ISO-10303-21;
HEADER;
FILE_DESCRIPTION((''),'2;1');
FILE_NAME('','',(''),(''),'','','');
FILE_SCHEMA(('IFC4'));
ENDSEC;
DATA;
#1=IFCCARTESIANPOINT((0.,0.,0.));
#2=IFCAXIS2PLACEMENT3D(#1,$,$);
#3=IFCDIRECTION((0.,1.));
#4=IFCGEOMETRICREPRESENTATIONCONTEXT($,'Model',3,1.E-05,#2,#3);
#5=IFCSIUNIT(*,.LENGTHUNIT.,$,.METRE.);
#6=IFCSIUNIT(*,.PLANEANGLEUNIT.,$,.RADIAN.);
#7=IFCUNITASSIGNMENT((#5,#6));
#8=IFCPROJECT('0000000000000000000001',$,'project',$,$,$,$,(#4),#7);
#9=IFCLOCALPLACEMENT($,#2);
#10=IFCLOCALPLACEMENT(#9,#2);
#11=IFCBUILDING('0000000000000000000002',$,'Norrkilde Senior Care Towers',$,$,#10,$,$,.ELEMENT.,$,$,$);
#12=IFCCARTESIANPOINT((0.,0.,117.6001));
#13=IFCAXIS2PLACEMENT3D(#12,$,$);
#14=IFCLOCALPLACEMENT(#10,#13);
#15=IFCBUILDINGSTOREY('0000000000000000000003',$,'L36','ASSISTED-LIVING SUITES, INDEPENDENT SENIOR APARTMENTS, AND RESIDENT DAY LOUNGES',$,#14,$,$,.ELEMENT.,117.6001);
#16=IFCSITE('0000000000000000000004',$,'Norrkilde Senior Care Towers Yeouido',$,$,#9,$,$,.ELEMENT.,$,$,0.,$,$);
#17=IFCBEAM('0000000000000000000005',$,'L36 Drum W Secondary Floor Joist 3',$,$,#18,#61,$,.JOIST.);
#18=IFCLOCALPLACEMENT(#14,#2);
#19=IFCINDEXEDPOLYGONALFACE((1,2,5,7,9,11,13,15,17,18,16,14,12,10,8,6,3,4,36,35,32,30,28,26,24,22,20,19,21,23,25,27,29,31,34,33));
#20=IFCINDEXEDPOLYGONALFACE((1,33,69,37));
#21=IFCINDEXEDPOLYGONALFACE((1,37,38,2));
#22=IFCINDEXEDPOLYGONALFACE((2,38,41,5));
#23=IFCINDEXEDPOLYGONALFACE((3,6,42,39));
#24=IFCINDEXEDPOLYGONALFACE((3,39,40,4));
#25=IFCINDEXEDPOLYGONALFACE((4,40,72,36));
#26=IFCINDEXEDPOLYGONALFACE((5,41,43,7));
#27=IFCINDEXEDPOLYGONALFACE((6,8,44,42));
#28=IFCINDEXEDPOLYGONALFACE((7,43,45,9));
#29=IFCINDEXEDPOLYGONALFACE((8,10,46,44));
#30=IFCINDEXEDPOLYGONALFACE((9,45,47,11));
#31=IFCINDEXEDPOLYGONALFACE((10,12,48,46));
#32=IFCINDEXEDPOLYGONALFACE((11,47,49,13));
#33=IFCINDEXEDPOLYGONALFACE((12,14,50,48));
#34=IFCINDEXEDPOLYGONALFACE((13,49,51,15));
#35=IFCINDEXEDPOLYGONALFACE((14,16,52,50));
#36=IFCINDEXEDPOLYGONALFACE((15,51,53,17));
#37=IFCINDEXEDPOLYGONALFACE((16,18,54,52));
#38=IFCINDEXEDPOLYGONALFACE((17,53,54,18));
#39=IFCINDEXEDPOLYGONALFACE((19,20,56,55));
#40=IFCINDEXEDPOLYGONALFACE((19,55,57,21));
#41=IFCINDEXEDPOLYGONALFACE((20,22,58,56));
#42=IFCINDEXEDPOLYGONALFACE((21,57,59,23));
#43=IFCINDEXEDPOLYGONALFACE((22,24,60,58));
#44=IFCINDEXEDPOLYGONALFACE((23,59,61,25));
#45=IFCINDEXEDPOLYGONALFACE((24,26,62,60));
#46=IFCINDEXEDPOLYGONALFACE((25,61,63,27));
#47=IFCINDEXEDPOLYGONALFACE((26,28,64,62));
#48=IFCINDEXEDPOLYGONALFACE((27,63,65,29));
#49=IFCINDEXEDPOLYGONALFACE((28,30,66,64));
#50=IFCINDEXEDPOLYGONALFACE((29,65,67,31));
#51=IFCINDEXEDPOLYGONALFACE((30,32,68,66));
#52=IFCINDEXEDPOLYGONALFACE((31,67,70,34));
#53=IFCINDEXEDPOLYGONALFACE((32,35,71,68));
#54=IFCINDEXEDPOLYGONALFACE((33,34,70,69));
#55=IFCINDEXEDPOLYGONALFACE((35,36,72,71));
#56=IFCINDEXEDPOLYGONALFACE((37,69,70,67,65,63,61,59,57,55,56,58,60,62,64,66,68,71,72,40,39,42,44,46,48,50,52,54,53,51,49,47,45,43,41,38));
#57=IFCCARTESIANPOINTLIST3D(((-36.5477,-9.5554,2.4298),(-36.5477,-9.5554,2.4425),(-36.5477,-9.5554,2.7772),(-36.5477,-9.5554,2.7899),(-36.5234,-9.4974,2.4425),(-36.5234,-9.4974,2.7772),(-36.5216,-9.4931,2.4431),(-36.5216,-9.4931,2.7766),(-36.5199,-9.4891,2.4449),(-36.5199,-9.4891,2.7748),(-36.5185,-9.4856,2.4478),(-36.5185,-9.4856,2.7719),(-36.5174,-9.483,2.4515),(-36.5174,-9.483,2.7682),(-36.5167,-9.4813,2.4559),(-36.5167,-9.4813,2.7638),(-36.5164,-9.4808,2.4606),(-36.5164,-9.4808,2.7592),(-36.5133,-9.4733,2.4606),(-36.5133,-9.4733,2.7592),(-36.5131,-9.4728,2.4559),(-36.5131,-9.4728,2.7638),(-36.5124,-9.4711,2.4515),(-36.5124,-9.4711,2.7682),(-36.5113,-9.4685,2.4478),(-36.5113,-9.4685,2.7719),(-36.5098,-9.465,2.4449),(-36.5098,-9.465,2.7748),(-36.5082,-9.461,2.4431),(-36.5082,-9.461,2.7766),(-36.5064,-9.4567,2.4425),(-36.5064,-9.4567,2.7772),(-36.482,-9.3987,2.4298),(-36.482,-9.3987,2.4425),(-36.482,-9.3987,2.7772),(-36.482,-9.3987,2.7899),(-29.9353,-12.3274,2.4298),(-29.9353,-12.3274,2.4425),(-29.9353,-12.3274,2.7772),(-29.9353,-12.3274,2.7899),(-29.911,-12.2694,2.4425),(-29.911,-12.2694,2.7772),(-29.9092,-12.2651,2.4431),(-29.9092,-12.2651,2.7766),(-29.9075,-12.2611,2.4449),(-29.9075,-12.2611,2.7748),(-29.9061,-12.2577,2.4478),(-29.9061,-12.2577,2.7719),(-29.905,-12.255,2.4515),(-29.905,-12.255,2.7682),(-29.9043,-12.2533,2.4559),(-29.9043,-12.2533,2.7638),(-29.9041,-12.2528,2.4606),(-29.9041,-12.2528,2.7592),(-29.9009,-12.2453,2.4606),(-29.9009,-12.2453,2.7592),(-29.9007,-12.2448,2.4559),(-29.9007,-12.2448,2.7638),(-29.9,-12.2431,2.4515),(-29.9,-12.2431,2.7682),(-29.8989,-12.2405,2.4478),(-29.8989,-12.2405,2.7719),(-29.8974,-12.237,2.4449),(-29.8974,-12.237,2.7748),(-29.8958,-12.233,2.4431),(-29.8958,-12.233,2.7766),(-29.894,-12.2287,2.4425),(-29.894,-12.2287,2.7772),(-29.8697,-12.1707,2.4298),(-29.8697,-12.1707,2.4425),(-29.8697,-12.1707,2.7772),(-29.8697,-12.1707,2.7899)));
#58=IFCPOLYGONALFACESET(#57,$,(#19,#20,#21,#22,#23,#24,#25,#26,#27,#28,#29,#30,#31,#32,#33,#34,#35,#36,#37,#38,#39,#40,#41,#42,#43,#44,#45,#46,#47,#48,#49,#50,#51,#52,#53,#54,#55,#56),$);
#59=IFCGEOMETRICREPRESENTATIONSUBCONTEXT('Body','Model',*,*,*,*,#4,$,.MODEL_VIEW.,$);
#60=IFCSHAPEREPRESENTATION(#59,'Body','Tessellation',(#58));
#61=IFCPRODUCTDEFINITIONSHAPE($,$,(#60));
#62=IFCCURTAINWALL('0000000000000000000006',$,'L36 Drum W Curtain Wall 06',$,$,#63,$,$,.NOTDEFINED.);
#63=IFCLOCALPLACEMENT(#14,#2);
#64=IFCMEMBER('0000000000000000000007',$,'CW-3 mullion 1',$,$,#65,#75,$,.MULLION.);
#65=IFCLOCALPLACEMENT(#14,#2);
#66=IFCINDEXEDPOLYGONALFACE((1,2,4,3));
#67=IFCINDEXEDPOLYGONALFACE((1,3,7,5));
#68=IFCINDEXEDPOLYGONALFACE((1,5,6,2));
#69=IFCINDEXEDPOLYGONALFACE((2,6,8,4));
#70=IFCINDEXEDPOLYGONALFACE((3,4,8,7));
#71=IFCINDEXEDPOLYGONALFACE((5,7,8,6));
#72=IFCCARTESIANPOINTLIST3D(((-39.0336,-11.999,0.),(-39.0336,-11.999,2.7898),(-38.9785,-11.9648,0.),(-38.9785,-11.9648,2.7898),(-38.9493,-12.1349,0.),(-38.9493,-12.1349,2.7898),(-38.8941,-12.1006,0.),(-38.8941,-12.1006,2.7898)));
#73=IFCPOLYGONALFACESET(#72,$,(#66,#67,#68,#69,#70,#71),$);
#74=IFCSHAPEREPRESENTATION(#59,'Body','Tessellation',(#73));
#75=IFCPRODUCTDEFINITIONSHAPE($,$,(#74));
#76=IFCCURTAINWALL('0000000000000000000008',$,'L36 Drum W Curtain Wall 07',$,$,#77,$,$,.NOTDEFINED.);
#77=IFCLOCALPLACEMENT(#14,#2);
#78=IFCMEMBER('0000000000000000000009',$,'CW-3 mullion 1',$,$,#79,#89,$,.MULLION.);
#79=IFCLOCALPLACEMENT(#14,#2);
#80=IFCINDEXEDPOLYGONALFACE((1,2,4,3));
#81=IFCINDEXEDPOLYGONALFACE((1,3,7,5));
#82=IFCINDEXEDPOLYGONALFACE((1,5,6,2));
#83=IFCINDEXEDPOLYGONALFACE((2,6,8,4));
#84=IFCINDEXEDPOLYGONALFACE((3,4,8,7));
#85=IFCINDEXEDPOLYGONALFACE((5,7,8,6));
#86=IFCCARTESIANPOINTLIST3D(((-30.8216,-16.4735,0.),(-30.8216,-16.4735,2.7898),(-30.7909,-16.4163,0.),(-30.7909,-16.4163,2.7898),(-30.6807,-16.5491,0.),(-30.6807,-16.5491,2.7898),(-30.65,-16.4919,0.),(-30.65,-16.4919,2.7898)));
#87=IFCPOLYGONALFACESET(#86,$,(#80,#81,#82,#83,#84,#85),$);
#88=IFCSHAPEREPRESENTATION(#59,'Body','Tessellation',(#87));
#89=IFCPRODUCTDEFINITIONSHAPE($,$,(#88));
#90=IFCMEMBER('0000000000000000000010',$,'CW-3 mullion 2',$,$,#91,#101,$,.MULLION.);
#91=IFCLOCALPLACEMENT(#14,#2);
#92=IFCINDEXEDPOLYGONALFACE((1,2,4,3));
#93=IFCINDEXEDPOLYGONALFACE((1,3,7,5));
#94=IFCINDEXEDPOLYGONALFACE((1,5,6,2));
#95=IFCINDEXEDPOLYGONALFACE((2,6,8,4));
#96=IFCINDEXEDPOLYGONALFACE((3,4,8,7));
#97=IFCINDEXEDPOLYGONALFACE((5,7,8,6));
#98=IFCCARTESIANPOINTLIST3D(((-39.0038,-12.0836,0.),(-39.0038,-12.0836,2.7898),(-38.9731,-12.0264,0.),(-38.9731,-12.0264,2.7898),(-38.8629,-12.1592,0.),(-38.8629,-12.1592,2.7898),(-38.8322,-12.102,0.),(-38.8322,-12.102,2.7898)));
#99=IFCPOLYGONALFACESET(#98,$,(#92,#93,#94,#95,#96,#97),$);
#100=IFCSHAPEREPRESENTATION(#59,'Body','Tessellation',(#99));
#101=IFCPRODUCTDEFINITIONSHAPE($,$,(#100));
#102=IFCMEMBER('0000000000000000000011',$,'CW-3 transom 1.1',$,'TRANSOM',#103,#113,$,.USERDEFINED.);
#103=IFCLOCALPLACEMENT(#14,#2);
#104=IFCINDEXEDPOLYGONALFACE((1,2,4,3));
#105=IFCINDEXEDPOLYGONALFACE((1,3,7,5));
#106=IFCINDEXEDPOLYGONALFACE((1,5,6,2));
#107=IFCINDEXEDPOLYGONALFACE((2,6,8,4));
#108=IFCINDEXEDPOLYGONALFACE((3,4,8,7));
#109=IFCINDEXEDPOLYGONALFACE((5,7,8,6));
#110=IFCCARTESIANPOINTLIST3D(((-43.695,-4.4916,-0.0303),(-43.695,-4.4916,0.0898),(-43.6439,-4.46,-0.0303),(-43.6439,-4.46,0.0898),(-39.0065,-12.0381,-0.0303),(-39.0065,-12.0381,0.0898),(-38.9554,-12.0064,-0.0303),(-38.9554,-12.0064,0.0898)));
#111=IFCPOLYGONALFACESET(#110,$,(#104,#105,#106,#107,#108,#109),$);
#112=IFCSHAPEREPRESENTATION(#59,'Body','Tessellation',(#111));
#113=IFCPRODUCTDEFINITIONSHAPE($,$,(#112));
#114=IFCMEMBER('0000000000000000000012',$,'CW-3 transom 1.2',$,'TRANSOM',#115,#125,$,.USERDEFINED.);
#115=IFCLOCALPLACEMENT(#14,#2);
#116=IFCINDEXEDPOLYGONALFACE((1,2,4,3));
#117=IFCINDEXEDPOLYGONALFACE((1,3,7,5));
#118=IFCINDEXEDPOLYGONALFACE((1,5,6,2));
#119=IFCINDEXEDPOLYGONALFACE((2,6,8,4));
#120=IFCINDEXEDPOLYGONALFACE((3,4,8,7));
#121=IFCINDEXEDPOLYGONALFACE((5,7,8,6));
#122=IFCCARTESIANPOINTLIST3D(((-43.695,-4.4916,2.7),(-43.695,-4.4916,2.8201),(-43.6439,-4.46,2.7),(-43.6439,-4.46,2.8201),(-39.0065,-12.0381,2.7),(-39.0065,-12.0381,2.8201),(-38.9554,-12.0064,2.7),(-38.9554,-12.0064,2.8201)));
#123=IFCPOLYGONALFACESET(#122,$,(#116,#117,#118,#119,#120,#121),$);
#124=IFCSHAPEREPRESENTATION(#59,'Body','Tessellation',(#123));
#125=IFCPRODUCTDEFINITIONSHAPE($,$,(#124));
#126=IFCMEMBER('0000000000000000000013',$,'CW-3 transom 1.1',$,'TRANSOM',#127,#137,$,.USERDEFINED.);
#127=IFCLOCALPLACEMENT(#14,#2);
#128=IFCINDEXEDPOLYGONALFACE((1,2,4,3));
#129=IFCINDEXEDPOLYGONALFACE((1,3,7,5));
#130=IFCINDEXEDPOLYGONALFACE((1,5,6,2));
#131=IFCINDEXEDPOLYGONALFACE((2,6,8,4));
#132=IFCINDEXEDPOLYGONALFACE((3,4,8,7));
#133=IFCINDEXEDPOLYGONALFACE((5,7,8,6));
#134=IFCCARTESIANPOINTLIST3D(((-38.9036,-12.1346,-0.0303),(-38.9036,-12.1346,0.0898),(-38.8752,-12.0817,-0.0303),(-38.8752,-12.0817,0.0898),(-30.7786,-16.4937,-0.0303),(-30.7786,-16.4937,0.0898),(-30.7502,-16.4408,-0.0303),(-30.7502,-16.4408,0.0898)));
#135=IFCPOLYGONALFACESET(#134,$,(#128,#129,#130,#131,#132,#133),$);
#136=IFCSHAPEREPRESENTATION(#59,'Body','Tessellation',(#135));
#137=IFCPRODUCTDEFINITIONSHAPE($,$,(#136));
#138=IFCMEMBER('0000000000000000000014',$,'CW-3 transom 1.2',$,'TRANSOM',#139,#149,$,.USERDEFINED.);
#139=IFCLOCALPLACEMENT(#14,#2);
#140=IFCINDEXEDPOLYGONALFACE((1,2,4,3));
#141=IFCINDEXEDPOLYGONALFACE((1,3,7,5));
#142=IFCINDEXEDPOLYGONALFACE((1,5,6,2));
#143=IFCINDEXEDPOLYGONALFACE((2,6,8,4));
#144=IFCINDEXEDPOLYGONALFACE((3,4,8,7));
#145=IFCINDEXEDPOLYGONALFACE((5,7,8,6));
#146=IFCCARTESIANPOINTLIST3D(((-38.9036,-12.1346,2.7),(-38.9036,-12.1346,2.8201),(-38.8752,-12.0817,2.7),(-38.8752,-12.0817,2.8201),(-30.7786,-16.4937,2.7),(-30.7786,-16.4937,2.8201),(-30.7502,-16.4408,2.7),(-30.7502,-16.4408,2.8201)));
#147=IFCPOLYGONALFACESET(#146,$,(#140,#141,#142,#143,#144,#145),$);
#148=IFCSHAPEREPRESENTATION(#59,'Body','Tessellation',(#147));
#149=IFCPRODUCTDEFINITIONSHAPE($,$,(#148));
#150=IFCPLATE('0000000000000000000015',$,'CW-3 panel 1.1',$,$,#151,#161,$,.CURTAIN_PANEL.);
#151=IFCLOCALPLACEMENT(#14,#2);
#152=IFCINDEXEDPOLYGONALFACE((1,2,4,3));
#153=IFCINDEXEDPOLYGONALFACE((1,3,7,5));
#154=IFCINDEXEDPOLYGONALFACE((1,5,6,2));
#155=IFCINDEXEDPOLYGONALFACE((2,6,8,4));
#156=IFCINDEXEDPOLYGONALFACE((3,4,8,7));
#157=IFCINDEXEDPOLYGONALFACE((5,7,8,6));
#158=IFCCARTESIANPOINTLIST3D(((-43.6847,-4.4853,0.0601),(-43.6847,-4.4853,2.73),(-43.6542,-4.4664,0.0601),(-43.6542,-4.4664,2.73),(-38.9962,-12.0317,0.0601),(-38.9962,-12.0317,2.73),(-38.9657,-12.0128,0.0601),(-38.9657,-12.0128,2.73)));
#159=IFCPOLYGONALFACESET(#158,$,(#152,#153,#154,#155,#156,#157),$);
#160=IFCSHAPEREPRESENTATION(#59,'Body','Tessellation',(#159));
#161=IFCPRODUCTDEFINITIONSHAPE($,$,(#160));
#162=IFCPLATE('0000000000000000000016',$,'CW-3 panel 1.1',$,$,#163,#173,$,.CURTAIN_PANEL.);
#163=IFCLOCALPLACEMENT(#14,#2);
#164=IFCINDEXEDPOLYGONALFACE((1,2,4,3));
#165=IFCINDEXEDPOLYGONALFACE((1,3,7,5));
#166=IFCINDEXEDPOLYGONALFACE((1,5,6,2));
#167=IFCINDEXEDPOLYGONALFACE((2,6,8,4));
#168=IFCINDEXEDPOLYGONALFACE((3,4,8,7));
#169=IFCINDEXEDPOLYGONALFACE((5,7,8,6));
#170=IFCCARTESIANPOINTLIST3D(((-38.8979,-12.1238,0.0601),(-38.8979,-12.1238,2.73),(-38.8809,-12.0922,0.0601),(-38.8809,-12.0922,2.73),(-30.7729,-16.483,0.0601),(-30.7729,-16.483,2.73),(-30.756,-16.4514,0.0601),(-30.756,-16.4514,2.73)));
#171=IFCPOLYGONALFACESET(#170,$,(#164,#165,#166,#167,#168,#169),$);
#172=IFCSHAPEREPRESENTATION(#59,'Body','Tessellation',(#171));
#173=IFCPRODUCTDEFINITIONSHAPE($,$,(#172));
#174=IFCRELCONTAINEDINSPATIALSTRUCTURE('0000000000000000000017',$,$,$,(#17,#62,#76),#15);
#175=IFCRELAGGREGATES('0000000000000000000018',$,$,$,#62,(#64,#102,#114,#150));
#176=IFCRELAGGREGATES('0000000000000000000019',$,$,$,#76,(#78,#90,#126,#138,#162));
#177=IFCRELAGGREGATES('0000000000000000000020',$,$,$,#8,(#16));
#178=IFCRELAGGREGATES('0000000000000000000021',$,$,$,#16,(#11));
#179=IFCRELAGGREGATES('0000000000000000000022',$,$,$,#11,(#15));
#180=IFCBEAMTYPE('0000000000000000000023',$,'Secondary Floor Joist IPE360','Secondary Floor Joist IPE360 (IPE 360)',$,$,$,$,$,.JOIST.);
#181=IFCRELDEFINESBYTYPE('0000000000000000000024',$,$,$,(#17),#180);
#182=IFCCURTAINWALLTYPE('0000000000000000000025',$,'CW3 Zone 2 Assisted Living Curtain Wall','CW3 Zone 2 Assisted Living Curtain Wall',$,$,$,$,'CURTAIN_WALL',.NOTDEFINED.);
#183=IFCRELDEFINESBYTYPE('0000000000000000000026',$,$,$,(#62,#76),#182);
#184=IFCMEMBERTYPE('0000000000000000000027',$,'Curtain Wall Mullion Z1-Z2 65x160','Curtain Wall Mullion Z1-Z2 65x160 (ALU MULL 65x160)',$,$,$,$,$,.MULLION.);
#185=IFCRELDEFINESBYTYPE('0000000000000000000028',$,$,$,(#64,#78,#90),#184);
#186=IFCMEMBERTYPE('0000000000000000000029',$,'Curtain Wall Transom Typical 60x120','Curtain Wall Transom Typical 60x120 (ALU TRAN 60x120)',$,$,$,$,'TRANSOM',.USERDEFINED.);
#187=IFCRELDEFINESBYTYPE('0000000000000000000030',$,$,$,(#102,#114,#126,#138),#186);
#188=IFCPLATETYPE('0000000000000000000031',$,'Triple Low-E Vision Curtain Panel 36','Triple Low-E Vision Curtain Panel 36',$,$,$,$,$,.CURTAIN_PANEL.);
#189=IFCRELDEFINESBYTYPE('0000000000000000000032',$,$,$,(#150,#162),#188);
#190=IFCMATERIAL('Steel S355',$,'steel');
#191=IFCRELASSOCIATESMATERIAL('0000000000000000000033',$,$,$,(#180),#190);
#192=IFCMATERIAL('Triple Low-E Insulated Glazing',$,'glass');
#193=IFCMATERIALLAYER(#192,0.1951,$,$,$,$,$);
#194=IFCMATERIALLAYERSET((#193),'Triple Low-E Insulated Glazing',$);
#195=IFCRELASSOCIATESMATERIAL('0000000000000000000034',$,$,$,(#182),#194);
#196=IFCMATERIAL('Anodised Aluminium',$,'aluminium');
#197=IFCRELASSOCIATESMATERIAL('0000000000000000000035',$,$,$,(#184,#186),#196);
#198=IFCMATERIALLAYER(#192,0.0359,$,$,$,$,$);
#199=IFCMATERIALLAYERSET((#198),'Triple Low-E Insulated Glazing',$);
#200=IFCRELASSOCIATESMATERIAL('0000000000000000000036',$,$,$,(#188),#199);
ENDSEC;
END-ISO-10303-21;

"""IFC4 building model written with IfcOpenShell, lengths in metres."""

from ifc_helpers import new_model, si_unit, direction, frame, origin, origin_2d, place, context, subcontext, project, spatial, rectangle, i_section, extrude, source, transform, mapped, material, layer, layer_set, material_profile, profile_set, type_object, type_shapes, element, aggregate, save


model = new_model("IFC4")

# Units and contexts
model_context = context("Model", 3, precision=1e-05, world=origin(), true_north=direction((0.0, 1.0)))
body_context = subcontext(model_context, "Body", "Model", "MODEL_VIEW")
ifc_project = project(units=[si_unit("LENGTHUNIT", "METRE"), si_unit("PLANEANGLEUNIT", "RADIAN")], contexts=[model_context])

# Site, building, storey
site_placement = place(None, origin())
site = spatial("IfcSite", under=ifc_project, at=site_placement, Name="Norrkilde Senior Care Towers Yeouido", CompositionType="ELEMENT", RefElevation=0.0)
building_placement = place(site_placement, origin())
building = spatial("IfcBuilding", under=site, at=building_placement, Name="Norrkilde Senior Care Towers", CompositionType="ELEMENT")
storey_placement = place(building_placement, frame((0.0, 0.0, 117.6001)))
storey = spatial("IfcBuildingStorey", under=building, at=storey_placement, Name="L36", Description="ASSISTED-LIVING SUITES, INDEPENDENT SENIOR APARTMENTS, AND RESIDENT DAY LOUNGES", CompositionType="ELEMENT", Elevation=117.6001)

# Beam
ifc_material_1 = material(Name="Steel S355", Category="steel")
ifc_material_profile_1 = material_profile(ifc_material_1, i_section(OverallWidth=0.1699, OverallDepth=0.3601, WebThickness=0.0081, FlangeThickness=0.0127, FilletRadius=0.0181, at=origin_2d()), Name="IPE 360")
ifc_profile_set_1 = profile_set([ifc_material_profile_1], Name="Steel S355")
beam_type_1 = type_object("IfcBeamType", Name="Secondary Floor Joist IPE360", Description="Secondary Floor Joist IPE360 (IPE 360)", PredefinedType="JOIST", material=ifc_profile_set_1)
shared_shape_1 = source(origin(), body_context, "Body", "SweptSolid", [
    extrude(i_section(OverallWidth=0.1699, OverallDepth=0.3601, WebThickness=0.0081, FlangeThickness=0.0127, FilletRadius=0.0181, at=origin_2d()), origin(), (0.0, 0.0, 1.0), 7.1699),
])
type_shapes(beam_type_1, [shared_shape_1])
beam_1_placement = place(storey_placement, frame((-36.5149, -9.4771, 2.6099), z_axis=(0.922241, -0.386616, 0.0), x_axis=(0.386616, 0.922241, 0.0)))
element("IfcBeam", 1, at=beam_1_placement, inside=storey, type_object=beam_type_1, Name="L36 Drum W Secondary Floor Joist 3", PredefinedType="JOIST", context=body_context, shape_type="MappedRepresentation", body=[
    mapped(shared_shape_1, transform((0.0, 0.0, 0.0), x_axis=(1.0, 0.0, 0.0), y_axis=(0.0, 1.0, 0.0), z_axis=(0.0, 0.0, 1.0), scale=1.0)),
])

# Curtain wall, member
ifc_material_2 = material(Name="Triple Low-E Insulated Glazing", Category="glass")
ifc_layer_1 = layer(ifc_material_2, 0.1951)
ifc_layer_set_1 = layer_set([ifc_layer_1], Name="Triple Low-E Insulated Glazing")
curtain_wall_type = type_object("IfcCurtainWallType", Name="CW3 Zone 2 Assisted Living Curtain Wall", Description="CW3 Zone 2 Assisted Living Curtain Wall", ElementType="CURTAIN_WALL", PredefinedType="NOTDEFINED", material=ifc_layer_set_1)
curtain_wall_1_placement = place(storey_placement, origin())
curtain_wall_1 = element("IfcCurtainWall", 2, at=curtain_wall_1_placement, inside=storey, type_object=curtain_wall_type, Name="L36 Drum W Curtain Wall 06", PredefinedType="NOTDEFINED")
ifc_material_3 = material(Name="Anodised Aluminium", Category="aluminium")
ifc_material_profile_2 = material_profile(ifc_material_3, rectangle(XDim=0.0649, YDim=0.1599, at=origin_2d()), Name="ALU MULL 65x160")
ifc_profile_set_2 = profile_set([ifc_material_profile_2], Name="Anodised Aluminium")
member_type_1 = type_object("IfcMemberType", Name="Curtain Wall Mullion Z1-Z2 65x160", Description="Curtain Wall Mullion Z1-Z2 65x160 (ALU MULL 65x160)", PredefinedType="MULLION", material=ifc_profile_set_2)
shared_shape_2 = source(origin(), body_context, "Body", "SweptSolid", [
    extrude(rectangle(XDim=0.0649, YDim=0.1599, at=origin_2d()), origin(), (0.0, 0.0, 1.0), 2.7898),
])
type_shapes(member_type_1, [shared_shape_2])
member_1_placement = place(storey_placement, frame((-38.9639, -12.0498, 0.0), z_axis=(0.0, 0.0, 1.0), x_axis=(-0.84941, -0.527733, 0.0)))
member_1 = element("IfcMember", 3, at=member_1_placement, type_object=member_type_1, Name="CW-3 mullion 1", PredefinedType="MULLION", context=body_context, shape_type="MappedRepresentation", body=[
    mapped(shared_shape_2, transform((0.0, 0.0, 0.0), x_axis=(1.0, 0.0, 0.0), y_axis=(0.0, 1.0, 0.0), z_axis=(0.0, 0.0, 1.0), scale=1.0)),
])

# Curtain wall, members
curtain_wall_2_placement = place(storey_placement, origin())
curtain_wall_2 = element("IfcCurtainWall", 4, at=curtain_wall_2_placement, inside=storey, type_object=curtain_wall_type, Name="L36 Drum W Curtain Wall 07", PredefinedType="NOTDEFINED")
member_2_placement = place(storey_placement, frame((-30.7358, -16.4827, 0.0), z_axis=(0.0, 0.0, 1.0), x_axis=(-0.472769, -0.881186, 0.0)))
member_2 = element("IfcMember", 5, at=member_2_placement, type_object=member_type_1, Name="CW-3 mullion 1", PredefinedType="MULLION", context=body_context, shape_type="MappedRepresentation", body=[
    mapped(shared_shape_2, transform((0.0, 0.0, 0.0), x_axis=(1.0, 0.0, 0.0), y_axis=(0.0, 1.0, 0.0), z_axis=(0.0, 0.0, 1.0), scale=1.0)),
])
member_3_placement = place(storey_placement, frame((-38.918, -12.0928, 0.0), z_axis=(0.0, 0.0, 1.0), x_axis=(-0.472769, -0.881186, 0.0)))
member_3 = element("IfcMember", 6, at=member_3_placement, type_object=member_type_1, Name="CW-3 mullion 2", PredefinedType="MULLION", context=body_context, shape_type="MappedRepresentation", body=[
    mapped(shared_shape_2, transform((0.0, 0.0, 0.0), x_axis=(1.0, 0.0, 0.0), y_axis=(0.0, 1.0, 0.0), z_axis=(0.0, 0.0, 1.0), scale=1.0)),
])

# Members
ifc_material_profile_3 = material_profile(ifc_material_3, rectangle(XDim=0.0601, YDim=0.1201, at=origin_2d()), Name="ALU TRAN 60x120")
ifc_profile_set_3 = profile_set([ifc_material_profile_3], Name="Anodised Aluminium")
member_type_2 = type_object("IfcMemberType", Name="Curtain Wall Transom Typical 60x120", Description="Curtain Wall Transom Typical 60x120 (ALU TRAN 60x120)", ElementType="TRANSOM", PredefinedType="USERDEFINED", material=ifc_profile_set_3)
shared_shape_3 = source(origin(), body_context, "Body", "SweptSolid", [
    extrude(rectangle(XDim=0.0601, YDim=0.1201, at=origin_2d()), origin(), (0.0, 0.0, 1.0), 8.8843),
])
member_4_placement = place(storey_placement, frame((-38.981, -12.0222, 0.0298), z_axis=(-0.527729, 0.849413, 0.0), x_axis=(-0.849413, -0.527729, 0.0)))
member_4 = element("IfcMember", 7, at=member_4_placement, type_object=member_type_2, Name="CW-3 transom 1.1", ObjectType="TRANSOM", PredefinedType="USERDEFINED", context=body_context, shape_type="MappedRepresentation", body=[
    mapped(shared_shape_3, transform((0.0, 0.0, 0.0), x_axis=(1.0, 0.0, 0.0), y_axis=(0.0, 1.0, 0.0), z_axis=(0.0, 0.0, 1.0), scale=1.0)),
])
member_5_placement = place(storey_placement, frame((-38.981, -12.0222, 2.76), z_axis=(-0.527729, 0.849413, 0.0), x_axis=(-0.849413, -0.527729, 0.0)))
member_5 = element("IfcMember", 8, at=member_5_placement, type_object=member_type_2, Name="CW-3 transom 1.2", ObjectType="TRANSOM", PredefinedType="USERDEFINED", context=body_context, shape_type="MappedRepresentation", body=[
    mapped(shared_shape_3, transform((0.0, 0.0, 0.0), x_axis=(1.0, 0.0, 0.0), y_axis=(0.0, 1.0, 0.0), z_axis=(0.0, 0.0, 1.0), scale=1.0)),
])
shared_shape_4 = source(origin(), body_context, "Body", "SweptSolid", [
    extrude(rectangle(XDim=0.0601, YDim=0.1201, at=origin_2d()), origin(), (0.0, 0.0, 1.0), 9.2205),
])
type_shapes(member_type_2, [shared_shape_3, shared_shape_4])
member_6_placement = place(storey_placement, frame((-30.7644, -16.4673, 0.0298), z_axis=(-0.881189, 0.472765, 0.0), x_axis=(-0.472765, -0.881189, 0.0)))
member_6 = element("IfcMember", 9, at=member_6_placement, type_object=member_type_2, Name="CW-3 transom 1.1", ObjectType="TRANSOM", PredefinedType="USERDEFINED", context=body_context, shape_type="MappedRepresentation", body=[
    mapped(shared_shape_4, transform((0.0, 0.0, 0.0), x_axis=(1.0, 0.0, 0.0), y_axis=(0.0, 1.0, 0.0), z_axis=(0.0, 0.0, 1.0), scale=1.0)),
])
member_7_placement = place(storey_placement, frame((-30.7644, -16.4673, 2.76), z_axis=(-0.881189, 0.472765, 0.0), x_axis=(-0.472765, -0.881189, 0.0)))
member_7 = element("IfcMember", 10, at=member_7_placement, type_object=member_type_2, Name="CW-3 transom 1.2", ObjectType="TRANSOM", PredefinedType="USERDEFINED", context=body_context, shape_type="MappedRepresentation", body=[
    mapped(shared_shape_4, transform((0.0, 0.0, 0.0), x_axis=(1.0, 0.0, 0.0), y_axis=(0.0, 1.0, 0.0), z_axis=(0.0, 0.0, 1.0), scale=1.0)),
])

# Plates
ifc_layer_2 = layer(ifc_material_2, 0.0359)
ifc_layer_set_2 = layer_set([ifc_layer_2], Name="Triple Low-E Insulated Glazing")
plate_type = type_object("IfcPlateType", Name="Triple Low-E Vision Curtain Panel 36", Description="Triple Low-E Vision Curtain Panel 36", PredefinedType="CURTAIN_PANEL", material=ifc_layer_set_2)
shared_shape_5 = source(origin(), body_context, "Body", "SweptSolid", [
    extrude(rectangle(XDim=8.8843, YDim=0.0359, at=origin_2d()), origin(), (0.0, 0.0, 1.0), 2.6699),
])
plate_1_placement = place(storey_placement, frame((-41.3252, -8.249, 0.0601), z_axis=(0.0, 0.0, 1.0), x_axis=(-0.527733, 0.84941, 0.0)))
plate_1 = element("IfcPlate", 11, at=plate_1_placement, type_object=plate_type, Name="CW-3 panel 1.1", PredefinedType="CURTAIN_PANEL", context=body_context, shape_type="MappedRepresentation", body=[
    mapped(shared_shape_5, transform((0.0, 0.0, 0.0), x_axis=(1.0, 0.0, 0.0), y_axis=(0.0, 1.0, 0.0), z_axis=(0.0, 0.0, 1.0), scale=1.0)),
])
aggregate(curtain_wall_1, [member_1, member_4, member_5, plate_1])
shared_shape_6 = source(origin(), body_context, "Body", "SweptSolid", [
    extrude(rectangle(XDim=9.2205, YDim=0.0359, at=origin_2d()), origin(), (0.0, 0.0, 1.0), 2.6699),
])
type_shapes(plate_type, [shared_shape_5, shared_shape_6])
plate_2_placement = place(storey_placement, frame((-34.8269, -14.2876, 0.0601), z_axis=(0.0, 0.0, 1.0), x_axis=(-0.881186, 0.472769, 0.0)))
plate_2 = element("IfcPlate", 12, at=plate_2_placement, type_object=plate_type, Name="CW-3 panel 1.1", PredefinedType="CURTAIN_PANEL", context=body_context, shape_type="MappedRepresentation", body=[
    mapped(shared_shape_6, transform((0.0, 0.0, 0.0), x_axis=(1.0, 0.0, 0.0), y_axis=(0.0, 1.0, 0.0), z_axis=(0.0, 0.0, 1.0), scale=1.0)),
])
aggregate(curtain_wall_2, [member_2, member_3, member_6, member_7, plate_2])

save(model, "model.ifc")
